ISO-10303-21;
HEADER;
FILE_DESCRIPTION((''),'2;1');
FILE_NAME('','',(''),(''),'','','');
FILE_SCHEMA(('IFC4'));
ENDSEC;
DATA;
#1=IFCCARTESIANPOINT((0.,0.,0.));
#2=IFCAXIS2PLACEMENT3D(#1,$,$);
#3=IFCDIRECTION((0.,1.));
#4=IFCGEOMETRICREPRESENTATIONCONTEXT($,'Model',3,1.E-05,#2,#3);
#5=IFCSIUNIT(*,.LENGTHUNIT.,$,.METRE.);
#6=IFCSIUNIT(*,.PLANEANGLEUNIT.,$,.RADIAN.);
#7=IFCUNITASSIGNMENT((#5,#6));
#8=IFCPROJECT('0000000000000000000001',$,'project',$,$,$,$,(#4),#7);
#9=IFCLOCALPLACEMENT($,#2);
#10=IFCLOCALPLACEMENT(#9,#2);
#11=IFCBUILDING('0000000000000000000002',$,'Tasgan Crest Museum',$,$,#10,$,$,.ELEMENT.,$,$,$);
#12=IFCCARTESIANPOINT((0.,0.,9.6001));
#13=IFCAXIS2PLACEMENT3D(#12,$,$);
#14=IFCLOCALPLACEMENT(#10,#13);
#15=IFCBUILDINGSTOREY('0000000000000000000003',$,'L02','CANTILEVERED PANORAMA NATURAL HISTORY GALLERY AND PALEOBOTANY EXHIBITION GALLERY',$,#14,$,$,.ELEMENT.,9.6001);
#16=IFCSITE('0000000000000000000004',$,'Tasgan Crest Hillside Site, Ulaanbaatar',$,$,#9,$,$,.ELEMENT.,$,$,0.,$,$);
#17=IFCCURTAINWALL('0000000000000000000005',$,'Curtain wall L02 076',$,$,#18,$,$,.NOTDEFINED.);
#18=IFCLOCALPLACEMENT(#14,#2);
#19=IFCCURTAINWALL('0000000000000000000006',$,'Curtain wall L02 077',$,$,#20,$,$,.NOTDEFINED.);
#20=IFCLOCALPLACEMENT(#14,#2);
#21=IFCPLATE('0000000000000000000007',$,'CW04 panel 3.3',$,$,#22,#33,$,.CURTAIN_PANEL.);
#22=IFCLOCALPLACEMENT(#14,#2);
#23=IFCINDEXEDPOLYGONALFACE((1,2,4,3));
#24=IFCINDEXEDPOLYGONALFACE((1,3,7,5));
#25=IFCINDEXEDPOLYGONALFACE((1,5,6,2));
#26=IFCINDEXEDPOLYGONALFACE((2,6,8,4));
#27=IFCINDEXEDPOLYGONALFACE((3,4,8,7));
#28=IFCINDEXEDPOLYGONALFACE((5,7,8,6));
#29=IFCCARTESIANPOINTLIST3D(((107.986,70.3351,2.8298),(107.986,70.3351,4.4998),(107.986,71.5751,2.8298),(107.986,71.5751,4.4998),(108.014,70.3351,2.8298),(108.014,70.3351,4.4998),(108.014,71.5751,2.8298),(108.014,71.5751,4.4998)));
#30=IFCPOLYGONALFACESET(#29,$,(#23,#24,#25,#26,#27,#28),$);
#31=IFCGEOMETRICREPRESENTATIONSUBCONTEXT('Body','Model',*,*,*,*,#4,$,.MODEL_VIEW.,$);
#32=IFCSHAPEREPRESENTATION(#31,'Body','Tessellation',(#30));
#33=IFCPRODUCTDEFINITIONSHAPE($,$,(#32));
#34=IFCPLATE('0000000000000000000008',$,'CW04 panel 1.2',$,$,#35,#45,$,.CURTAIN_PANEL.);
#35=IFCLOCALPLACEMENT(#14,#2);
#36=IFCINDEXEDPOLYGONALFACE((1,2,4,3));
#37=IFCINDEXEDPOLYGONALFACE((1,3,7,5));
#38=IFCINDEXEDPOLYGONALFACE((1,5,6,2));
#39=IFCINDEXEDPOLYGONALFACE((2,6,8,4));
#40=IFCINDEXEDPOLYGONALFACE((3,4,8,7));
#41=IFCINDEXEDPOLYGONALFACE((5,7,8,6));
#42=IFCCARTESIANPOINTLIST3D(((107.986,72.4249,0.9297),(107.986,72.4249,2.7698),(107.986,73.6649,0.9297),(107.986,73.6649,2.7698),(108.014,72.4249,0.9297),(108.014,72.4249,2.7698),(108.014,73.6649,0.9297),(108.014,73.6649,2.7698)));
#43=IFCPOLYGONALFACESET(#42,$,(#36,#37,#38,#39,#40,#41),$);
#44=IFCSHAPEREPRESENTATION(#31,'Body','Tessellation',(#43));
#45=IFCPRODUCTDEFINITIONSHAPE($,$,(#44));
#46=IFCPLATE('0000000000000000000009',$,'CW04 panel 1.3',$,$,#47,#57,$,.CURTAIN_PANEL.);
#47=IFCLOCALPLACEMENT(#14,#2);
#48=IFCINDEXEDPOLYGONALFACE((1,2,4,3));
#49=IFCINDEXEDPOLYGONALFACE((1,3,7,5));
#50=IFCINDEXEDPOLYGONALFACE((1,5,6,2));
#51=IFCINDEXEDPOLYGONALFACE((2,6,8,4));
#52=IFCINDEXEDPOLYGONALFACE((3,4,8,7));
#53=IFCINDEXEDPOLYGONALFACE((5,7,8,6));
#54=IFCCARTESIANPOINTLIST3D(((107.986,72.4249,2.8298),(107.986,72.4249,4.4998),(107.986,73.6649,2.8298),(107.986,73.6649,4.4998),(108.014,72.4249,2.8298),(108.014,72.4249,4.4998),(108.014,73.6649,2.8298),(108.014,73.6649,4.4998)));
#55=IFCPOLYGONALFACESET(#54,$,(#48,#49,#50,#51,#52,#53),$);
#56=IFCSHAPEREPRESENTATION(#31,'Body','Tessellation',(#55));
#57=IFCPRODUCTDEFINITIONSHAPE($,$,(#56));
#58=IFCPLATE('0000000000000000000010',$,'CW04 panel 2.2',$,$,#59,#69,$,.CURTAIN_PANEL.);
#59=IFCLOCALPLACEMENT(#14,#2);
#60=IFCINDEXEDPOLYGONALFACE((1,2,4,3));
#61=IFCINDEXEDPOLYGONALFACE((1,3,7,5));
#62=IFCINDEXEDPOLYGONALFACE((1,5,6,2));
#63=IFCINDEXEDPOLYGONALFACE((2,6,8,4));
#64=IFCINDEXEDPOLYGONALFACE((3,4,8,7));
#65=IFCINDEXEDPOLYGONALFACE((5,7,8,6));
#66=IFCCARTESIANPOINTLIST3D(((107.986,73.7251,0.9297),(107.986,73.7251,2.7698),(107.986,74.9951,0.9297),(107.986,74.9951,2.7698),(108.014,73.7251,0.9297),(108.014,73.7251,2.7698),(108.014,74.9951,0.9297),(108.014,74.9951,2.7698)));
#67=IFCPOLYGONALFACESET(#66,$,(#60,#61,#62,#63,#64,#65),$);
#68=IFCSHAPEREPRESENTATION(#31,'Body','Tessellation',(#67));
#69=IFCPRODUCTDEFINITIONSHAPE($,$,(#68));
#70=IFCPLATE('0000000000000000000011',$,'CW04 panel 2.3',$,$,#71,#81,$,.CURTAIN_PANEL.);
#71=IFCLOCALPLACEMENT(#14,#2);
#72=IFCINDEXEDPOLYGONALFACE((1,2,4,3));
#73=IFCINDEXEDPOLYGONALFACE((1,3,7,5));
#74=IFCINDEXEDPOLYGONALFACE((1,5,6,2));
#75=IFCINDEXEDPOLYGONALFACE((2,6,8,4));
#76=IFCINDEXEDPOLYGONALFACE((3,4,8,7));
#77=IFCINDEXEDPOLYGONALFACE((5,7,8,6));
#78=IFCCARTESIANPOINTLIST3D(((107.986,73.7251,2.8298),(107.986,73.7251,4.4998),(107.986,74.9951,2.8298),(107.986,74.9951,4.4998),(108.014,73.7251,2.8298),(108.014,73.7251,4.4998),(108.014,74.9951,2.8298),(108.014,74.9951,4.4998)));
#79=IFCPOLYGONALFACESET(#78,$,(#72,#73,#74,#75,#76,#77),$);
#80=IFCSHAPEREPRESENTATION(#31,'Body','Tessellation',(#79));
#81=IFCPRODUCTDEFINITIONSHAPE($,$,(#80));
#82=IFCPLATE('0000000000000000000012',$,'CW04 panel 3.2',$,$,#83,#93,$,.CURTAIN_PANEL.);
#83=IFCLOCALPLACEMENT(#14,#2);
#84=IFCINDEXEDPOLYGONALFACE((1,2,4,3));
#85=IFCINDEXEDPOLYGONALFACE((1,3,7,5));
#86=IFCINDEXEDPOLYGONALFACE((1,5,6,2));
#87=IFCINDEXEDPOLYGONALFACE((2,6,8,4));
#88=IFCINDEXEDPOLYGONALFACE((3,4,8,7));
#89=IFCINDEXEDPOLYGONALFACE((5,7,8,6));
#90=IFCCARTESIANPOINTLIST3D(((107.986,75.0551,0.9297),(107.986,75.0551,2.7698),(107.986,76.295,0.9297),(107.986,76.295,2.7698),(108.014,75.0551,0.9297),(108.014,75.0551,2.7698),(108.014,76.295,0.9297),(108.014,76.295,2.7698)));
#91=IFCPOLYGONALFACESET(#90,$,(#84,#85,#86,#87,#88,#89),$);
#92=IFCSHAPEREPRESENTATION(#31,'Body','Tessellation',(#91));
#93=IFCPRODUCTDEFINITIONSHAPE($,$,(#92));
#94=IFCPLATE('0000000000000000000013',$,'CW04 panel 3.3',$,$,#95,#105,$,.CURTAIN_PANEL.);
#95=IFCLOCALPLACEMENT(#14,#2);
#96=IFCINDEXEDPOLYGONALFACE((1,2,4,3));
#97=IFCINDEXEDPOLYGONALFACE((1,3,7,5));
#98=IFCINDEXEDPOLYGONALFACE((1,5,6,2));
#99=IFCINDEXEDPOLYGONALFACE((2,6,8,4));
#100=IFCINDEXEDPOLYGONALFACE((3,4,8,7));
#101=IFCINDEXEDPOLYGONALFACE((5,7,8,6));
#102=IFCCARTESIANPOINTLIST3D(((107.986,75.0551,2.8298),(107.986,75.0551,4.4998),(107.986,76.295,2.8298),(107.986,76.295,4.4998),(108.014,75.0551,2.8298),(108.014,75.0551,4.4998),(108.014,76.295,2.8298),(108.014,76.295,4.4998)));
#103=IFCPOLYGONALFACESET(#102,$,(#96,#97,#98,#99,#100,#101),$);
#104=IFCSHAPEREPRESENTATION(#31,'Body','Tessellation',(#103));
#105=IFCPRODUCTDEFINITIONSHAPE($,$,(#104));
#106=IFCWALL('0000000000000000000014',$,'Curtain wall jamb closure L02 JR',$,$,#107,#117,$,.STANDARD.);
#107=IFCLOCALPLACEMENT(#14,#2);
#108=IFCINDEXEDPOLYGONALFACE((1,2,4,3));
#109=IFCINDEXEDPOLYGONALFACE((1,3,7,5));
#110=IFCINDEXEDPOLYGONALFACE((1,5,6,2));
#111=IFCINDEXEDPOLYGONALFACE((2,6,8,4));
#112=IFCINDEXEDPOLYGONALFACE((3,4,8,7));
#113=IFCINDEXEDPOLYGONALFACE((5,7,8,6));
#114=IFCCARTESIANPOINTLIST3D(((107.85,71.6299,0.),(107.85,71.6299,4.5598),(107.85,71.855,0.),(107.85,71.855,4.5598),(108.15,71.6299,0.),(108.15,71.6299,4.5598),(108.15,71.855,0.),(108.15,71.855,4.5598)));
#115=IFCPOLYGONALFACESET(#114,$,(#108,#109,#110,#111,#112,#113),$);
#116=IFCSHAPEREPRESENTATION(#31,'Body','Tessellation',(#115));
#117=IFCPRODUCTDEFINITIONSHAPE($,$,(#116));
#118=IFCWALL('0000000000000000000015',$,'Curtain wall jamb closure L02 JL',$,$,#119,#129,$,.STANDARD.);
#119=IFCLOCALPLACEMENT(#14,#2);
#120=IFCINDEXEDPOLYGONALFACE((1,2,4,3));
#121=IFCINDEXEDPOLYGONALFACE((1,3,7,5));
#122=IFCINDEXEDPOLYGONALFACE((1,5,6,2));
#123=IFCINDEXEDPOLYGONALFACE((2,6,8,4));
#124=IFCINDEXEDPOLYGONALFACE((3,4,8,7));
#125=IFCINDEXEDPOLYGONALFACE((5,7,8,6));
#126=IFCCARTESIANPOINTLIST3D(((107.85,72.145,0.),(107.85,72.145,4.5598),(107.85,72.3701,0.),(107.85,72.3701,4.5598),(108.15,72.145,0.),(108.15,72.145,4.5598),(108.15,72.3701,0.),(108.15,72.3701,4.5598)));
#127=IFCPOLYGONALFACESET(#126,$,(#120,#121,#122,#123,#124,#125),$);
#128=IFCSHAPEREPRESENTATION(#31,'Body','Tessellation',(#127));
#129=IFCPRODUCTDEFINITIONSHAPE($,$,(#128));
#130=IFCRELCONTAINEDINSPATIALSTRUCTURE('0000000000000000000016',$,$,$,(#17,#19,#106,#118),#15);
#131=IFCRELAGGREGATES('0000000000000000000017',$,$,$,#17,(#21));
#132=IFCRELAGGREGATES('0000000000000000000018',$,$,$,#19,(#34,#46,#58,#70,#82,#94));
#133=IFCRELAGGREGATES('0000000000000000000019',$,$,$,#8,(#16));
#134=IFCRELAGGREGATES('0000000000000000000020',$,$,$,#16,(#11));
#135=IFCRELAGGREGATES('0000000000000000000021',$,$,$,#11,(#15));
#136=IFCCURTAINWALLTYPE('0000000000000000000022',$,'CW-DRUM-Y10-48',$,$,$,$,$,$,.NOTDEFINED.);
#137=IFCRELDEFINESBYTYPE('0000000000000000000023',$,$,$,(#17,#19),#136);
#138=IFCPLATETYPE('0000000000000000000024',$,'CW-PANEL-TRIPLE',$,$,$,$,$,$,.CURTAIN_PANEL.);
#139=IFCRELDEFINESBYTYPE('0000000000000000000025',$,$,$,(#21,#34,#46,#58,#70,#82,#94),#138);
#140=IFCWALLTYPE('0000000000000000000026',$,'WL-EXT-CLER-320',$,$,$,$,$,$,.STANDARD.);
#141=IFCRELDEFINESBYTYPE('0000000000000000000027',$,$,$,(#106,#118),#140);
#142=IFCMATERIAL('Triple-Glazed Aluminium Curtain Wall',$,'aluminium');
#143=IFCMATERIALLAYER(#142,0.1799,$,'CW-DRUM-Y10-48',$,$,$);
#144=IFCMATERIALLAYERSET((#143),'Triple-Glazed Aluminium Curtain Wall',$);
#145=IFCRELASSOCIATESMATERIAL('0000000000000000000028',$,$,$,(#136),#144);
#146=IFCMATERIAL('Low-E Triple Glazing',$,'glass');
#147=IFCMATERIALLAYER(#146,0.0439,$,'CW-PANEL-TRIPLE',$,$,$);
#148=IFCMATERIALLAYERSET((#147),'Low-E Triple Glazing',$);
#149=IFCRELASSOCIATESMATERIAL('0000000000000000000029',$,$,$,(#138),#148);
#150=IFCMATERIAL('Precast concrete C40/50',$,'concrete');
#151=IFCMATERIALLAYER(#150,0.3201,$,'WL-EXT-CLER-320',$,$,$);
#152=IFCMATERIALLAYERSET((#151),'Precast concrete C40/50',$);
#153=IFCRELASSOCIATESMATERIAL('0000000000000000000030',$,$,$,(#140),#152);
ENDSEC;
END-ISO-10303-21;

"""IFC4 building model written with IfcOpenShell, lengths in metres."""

from ifc_helpers import new_model, si_unit, direction, frame, frame_2d, origin, origin_2d, place, context, subcontext, project, spatial, rectangle, extrude, material, layer, layer_set, type_object, element, aggregate, save


model = new_model("IFC4")

# Units and contexts
model_context = context("Model", 3, precision=1e-05, world=origin(), true_north=direction((0.0, 1.0)))
body_context = subcontext(model_context, "Body", "Model", "MODEL_VIEW")
ifc_project = project(units=[si_unit("LENGTHUNIT", "METRE"), si_unit("PLANEANGLEUNIT", "RADIAN")], contexts=[model_context])

# Site, building, storey
site_placement = place(None, origin())
site = spatial("IfcSite", under=ifc_project, at=site_placement, Name="Tasgan Crest Hillside Site, Ulaanbaatar", CompositionType="ELEMENT", RefElevation=0.0)
building_placement = place(site_placement, origin())
building = spatial("IfcBuilding", under=site, at=building_placement, Name="Tasgan Crest Museum", CompositionType="ELEMENT")
storey_placement = place(building_placement, frame((0.0, 0.0, 9.6001)))
storey = spatial("IfcBuildingStorey", under=building, at=storey_placement, Name="L02", Description="CANTILEVERED PANORAMA NATURAL HISTORY GALLERY AND PALEOBOTANY EXHIBITION GALLERY", CompositionType="ELEMENT", Elevation=9.6001)

# Curtain wall
ifc_material_1 = material(Name="Triple-Glazed Aluminium Curtain Wall", Category="aluminium")
ifc_layer_1 = layer(ifc_material_1, 0.1799, Name="CW-DRUM-Y10-48")
ifc_layer_set_1 = layer_set([ifc_layer_1], Name="Triple-Glazed Aluminium Curtain Wall")
curtain_wall_type = type_object("IfcCurtainWallType", Name="CW-DRUM-Y10-48", PredefinedType="NOTDEFINED", material=ifc_layer_set_1)
curtain_wall_1_placement = place(storey_placement, origin())
curtain_wall_1 = element("IfcCurtainWall", 1, at=curtain_wall_1_placement, inside=storey, type_object=curtain_wall_type, Name="Curtain wall L02 076", PredefinedType="NOTDEFINED")

# Curtain wall
curtain_wall_2_placement = place(storey_placement, origin())
curtain_wall_2 = element("IfcCurtainWall", 2, at=curtain_wall_2_placement, inside=storey, type_object=curtain_wall_type, Name="Curtain wall L02 077", PredefinedType="NOTDEFINED")

# Plates
ifc_material_2 = material(Name="Low-E Triple Glazing", Category="glass")
ifc_layer_2 = layer(ifc_material_2, 0.0439, Name="CW-PANEL-TRIPLE")
ifc_layer_set_2 = layer_set([ifc_layer_2], Name="Low-E Triple Glazing")
plate_type_1 = type_object("IfcPlateType", Name="CW-PANEL-TRIPLE", PredefinedType="CURTAIN_PANEL", material=ifc_layer_set_2)
plate_1_placement = place(storey_placement, frame((108.0, 70.9551, 2.8298), z_axis=(0.0, 0.0, 1.0), x_axis=(0.0, 1.0, 0.0)))
plate_1 = element("IfcPlate", 3, at=plate_1_placement, type_object=plate_type_1, Name="CW04 panel 3.3", PredefinedType="CURTAIN_PANEL", context=body_context, shape_type="SweptSolid", body=[
    extrude(rectangle(XDim=1.24, YDim=0.0281, at=origin_2d()), origin(), (0.0, 0.0, 1.0), 1.6699),
])
aggregate(curtain_wall_1, [plate_1])
plate_2_placement = place(storey_placement, frame((108.0, 73.0449, 0.9297), z_axis=(0.0, 0.0, 1.0), x_axis=(0.0, 1.0, 0.0)))
plate_2 = element("IfcPlate", 4, at=plate_2_placement, type_object=plate_type_1, Name="CW04 panel 1.2", PredefinedType="CURTAIN_PANEL", context=body_context, shape_type="SweptSolid", body=[
    extrude(rectangle(XDim=1.24, YDim=0.0281, at=origin_2d()), origin(), (0.0, 0.0, 1.0), 1.8401),
])
plate_3_placement = place(storey_placement, frame((108.0, 73.0449, 2.8298), z_axis=(0.0, 0.0, 1.0), x_axis=(0.0, 1.0, 0.0)))
plate_3 = element("IfcPlate", 5, at=plate_3_placement, type_object=plate_type_1, Name="CW04 panel 1.3", PredefinedType="CURTAIN_PANEL", context=body_context, shape_type="SweptSolid", body=[
    extrude(rectangle(XDim=1.24, YDim=0.0281, at=origin_2d()), origin(), (0.0, 0.0, 1.0), 1.6699),
])
plate_4_placement = place(storey_placement, frame((108.0, 74.3601, 0.9297), z_axis=(0.0, 0.0, 1.0), x_axis=(0.0, 1.0, 0.0)))
plate_4 = element("IfcPlate", 6, at=plate_4_placement, type_object=plate_type_1, Name="CW04 panel 2.2", PredefinedType="CURTAIN_PANEL", context=body_context, shape_type="SweptSolid", body=[
    extrude(rectangle(XDim=1.27, YDim=0.0281, at=origin_2d()), origin(), (0.0, 0.0, 1.0), 1.8401),
])
plate_5_placement = place(storey_placement, frame((108.0, 74.3601, 2.8298), z_axis=(0.0, 0.0, 1.0), x_axis=(0.0, 1.0, 0.0)))
plate_5 = element("IfcPlate", 7, at=plate_5_placement, type_object=plate_type_1, Name="CW04 panel 2.3", PredefinedType="CURTAIN_PANEL", context=body_context, shape_type="SweptSolid", body=[
    extrude(rectangle(XDim=1.27, YDim=0.0281, at=origin_2d()), origin(), (0.0, 0.0, 1.0), 1.6699),
])
plate_6_placement = place(storey_placement, frame((108.0, 75.675, 0.9297), z_axis=(0.0, 0.0, 1.0), x_axis=(0.0, 1.0, 0.0)))
plate_6 = element("IfcPlate", 8, at=plate_6_placement, type_object=plate_type_1, Name="CW04 panel 3.2", PredefinedType="CURTAIN_PANEL", context=body_context, shape_type="SweptSolid", body=[
    extrude(rectangle(XDim=1.24, YDim=0.0281, at=origin_2d()), origin(), (0.0, 0.0, 1.0), 1.8401),
])
plate_7_placement = place(storey_placement, frame((108.0, 75.675, 2.8298), z_axis=(0.0, 0.0, 1.0), x_axis=(0.0, 1.0, 0.0)))
plate_7 = element("IfcPlate", 9, at=plate_7_placement, type_object=plate_type_1, Name="CW04 panel 3.3", PredefinedType="CURTAIN_PANEL", context=body_context, shape_type="SweptSolid", body=[
    extrude(rectangle(XDim=1.24, YDim=0.0281, at=origin_2d()), origin(), (0.0, 0.0, 1.0), 1.6699),
])
aggregate(curtain_wall_2, [plate_2, plate_3, plate_4, plate_5, plate_6, plate_7])

# Walls
ifc_material_3 = material(Name="Precast concrete C40/50", Category="concrete")
ifc_layer_3 = layer(ifc_material_3, 0.3201, Name="WL-EXT-CLER-320")
ifc_layer_set_3 = layer_set([ifc_layer_3], Name="Precast concrete C40/50")
wall_type = type_object("IfcWallType", Name="WL-EXT-CLER-320", PredefinedType="STANDARD", material=ifc_layer_set_3)
for number, where, z_axis, x_axis, name in (
    (10, (108.0, 71.6299, 0.0), (0.0, 0.0, 1.0), (0.0, 1.0, 0.0), "Curtain wall jamb closure L02 JR"),
    (11, (108.0, 72.145, 0.0), (0.0, 0.0, 1.0), (0.0, 1.0, 0.0), "Curtain wall jamb closure L02 JL"),
):
    element("IfcWall", number, at=place(storey_placement, frame(where, z_axis=z_axis, x_axis=x_axis)), inside=storey, type_object=wall_type, Name=name, PredefinedType="STANDARD", context=body_context, shape_type="SweptSolid", body=[
        extrude(rectangle(XDim=0.2251, YDim=0.3, at=frame_2d((0.1125, 0.0))), origin(), (0.0, 0.0, 1.0), 4.5598),
    ])

save(model, "model.ifc")
